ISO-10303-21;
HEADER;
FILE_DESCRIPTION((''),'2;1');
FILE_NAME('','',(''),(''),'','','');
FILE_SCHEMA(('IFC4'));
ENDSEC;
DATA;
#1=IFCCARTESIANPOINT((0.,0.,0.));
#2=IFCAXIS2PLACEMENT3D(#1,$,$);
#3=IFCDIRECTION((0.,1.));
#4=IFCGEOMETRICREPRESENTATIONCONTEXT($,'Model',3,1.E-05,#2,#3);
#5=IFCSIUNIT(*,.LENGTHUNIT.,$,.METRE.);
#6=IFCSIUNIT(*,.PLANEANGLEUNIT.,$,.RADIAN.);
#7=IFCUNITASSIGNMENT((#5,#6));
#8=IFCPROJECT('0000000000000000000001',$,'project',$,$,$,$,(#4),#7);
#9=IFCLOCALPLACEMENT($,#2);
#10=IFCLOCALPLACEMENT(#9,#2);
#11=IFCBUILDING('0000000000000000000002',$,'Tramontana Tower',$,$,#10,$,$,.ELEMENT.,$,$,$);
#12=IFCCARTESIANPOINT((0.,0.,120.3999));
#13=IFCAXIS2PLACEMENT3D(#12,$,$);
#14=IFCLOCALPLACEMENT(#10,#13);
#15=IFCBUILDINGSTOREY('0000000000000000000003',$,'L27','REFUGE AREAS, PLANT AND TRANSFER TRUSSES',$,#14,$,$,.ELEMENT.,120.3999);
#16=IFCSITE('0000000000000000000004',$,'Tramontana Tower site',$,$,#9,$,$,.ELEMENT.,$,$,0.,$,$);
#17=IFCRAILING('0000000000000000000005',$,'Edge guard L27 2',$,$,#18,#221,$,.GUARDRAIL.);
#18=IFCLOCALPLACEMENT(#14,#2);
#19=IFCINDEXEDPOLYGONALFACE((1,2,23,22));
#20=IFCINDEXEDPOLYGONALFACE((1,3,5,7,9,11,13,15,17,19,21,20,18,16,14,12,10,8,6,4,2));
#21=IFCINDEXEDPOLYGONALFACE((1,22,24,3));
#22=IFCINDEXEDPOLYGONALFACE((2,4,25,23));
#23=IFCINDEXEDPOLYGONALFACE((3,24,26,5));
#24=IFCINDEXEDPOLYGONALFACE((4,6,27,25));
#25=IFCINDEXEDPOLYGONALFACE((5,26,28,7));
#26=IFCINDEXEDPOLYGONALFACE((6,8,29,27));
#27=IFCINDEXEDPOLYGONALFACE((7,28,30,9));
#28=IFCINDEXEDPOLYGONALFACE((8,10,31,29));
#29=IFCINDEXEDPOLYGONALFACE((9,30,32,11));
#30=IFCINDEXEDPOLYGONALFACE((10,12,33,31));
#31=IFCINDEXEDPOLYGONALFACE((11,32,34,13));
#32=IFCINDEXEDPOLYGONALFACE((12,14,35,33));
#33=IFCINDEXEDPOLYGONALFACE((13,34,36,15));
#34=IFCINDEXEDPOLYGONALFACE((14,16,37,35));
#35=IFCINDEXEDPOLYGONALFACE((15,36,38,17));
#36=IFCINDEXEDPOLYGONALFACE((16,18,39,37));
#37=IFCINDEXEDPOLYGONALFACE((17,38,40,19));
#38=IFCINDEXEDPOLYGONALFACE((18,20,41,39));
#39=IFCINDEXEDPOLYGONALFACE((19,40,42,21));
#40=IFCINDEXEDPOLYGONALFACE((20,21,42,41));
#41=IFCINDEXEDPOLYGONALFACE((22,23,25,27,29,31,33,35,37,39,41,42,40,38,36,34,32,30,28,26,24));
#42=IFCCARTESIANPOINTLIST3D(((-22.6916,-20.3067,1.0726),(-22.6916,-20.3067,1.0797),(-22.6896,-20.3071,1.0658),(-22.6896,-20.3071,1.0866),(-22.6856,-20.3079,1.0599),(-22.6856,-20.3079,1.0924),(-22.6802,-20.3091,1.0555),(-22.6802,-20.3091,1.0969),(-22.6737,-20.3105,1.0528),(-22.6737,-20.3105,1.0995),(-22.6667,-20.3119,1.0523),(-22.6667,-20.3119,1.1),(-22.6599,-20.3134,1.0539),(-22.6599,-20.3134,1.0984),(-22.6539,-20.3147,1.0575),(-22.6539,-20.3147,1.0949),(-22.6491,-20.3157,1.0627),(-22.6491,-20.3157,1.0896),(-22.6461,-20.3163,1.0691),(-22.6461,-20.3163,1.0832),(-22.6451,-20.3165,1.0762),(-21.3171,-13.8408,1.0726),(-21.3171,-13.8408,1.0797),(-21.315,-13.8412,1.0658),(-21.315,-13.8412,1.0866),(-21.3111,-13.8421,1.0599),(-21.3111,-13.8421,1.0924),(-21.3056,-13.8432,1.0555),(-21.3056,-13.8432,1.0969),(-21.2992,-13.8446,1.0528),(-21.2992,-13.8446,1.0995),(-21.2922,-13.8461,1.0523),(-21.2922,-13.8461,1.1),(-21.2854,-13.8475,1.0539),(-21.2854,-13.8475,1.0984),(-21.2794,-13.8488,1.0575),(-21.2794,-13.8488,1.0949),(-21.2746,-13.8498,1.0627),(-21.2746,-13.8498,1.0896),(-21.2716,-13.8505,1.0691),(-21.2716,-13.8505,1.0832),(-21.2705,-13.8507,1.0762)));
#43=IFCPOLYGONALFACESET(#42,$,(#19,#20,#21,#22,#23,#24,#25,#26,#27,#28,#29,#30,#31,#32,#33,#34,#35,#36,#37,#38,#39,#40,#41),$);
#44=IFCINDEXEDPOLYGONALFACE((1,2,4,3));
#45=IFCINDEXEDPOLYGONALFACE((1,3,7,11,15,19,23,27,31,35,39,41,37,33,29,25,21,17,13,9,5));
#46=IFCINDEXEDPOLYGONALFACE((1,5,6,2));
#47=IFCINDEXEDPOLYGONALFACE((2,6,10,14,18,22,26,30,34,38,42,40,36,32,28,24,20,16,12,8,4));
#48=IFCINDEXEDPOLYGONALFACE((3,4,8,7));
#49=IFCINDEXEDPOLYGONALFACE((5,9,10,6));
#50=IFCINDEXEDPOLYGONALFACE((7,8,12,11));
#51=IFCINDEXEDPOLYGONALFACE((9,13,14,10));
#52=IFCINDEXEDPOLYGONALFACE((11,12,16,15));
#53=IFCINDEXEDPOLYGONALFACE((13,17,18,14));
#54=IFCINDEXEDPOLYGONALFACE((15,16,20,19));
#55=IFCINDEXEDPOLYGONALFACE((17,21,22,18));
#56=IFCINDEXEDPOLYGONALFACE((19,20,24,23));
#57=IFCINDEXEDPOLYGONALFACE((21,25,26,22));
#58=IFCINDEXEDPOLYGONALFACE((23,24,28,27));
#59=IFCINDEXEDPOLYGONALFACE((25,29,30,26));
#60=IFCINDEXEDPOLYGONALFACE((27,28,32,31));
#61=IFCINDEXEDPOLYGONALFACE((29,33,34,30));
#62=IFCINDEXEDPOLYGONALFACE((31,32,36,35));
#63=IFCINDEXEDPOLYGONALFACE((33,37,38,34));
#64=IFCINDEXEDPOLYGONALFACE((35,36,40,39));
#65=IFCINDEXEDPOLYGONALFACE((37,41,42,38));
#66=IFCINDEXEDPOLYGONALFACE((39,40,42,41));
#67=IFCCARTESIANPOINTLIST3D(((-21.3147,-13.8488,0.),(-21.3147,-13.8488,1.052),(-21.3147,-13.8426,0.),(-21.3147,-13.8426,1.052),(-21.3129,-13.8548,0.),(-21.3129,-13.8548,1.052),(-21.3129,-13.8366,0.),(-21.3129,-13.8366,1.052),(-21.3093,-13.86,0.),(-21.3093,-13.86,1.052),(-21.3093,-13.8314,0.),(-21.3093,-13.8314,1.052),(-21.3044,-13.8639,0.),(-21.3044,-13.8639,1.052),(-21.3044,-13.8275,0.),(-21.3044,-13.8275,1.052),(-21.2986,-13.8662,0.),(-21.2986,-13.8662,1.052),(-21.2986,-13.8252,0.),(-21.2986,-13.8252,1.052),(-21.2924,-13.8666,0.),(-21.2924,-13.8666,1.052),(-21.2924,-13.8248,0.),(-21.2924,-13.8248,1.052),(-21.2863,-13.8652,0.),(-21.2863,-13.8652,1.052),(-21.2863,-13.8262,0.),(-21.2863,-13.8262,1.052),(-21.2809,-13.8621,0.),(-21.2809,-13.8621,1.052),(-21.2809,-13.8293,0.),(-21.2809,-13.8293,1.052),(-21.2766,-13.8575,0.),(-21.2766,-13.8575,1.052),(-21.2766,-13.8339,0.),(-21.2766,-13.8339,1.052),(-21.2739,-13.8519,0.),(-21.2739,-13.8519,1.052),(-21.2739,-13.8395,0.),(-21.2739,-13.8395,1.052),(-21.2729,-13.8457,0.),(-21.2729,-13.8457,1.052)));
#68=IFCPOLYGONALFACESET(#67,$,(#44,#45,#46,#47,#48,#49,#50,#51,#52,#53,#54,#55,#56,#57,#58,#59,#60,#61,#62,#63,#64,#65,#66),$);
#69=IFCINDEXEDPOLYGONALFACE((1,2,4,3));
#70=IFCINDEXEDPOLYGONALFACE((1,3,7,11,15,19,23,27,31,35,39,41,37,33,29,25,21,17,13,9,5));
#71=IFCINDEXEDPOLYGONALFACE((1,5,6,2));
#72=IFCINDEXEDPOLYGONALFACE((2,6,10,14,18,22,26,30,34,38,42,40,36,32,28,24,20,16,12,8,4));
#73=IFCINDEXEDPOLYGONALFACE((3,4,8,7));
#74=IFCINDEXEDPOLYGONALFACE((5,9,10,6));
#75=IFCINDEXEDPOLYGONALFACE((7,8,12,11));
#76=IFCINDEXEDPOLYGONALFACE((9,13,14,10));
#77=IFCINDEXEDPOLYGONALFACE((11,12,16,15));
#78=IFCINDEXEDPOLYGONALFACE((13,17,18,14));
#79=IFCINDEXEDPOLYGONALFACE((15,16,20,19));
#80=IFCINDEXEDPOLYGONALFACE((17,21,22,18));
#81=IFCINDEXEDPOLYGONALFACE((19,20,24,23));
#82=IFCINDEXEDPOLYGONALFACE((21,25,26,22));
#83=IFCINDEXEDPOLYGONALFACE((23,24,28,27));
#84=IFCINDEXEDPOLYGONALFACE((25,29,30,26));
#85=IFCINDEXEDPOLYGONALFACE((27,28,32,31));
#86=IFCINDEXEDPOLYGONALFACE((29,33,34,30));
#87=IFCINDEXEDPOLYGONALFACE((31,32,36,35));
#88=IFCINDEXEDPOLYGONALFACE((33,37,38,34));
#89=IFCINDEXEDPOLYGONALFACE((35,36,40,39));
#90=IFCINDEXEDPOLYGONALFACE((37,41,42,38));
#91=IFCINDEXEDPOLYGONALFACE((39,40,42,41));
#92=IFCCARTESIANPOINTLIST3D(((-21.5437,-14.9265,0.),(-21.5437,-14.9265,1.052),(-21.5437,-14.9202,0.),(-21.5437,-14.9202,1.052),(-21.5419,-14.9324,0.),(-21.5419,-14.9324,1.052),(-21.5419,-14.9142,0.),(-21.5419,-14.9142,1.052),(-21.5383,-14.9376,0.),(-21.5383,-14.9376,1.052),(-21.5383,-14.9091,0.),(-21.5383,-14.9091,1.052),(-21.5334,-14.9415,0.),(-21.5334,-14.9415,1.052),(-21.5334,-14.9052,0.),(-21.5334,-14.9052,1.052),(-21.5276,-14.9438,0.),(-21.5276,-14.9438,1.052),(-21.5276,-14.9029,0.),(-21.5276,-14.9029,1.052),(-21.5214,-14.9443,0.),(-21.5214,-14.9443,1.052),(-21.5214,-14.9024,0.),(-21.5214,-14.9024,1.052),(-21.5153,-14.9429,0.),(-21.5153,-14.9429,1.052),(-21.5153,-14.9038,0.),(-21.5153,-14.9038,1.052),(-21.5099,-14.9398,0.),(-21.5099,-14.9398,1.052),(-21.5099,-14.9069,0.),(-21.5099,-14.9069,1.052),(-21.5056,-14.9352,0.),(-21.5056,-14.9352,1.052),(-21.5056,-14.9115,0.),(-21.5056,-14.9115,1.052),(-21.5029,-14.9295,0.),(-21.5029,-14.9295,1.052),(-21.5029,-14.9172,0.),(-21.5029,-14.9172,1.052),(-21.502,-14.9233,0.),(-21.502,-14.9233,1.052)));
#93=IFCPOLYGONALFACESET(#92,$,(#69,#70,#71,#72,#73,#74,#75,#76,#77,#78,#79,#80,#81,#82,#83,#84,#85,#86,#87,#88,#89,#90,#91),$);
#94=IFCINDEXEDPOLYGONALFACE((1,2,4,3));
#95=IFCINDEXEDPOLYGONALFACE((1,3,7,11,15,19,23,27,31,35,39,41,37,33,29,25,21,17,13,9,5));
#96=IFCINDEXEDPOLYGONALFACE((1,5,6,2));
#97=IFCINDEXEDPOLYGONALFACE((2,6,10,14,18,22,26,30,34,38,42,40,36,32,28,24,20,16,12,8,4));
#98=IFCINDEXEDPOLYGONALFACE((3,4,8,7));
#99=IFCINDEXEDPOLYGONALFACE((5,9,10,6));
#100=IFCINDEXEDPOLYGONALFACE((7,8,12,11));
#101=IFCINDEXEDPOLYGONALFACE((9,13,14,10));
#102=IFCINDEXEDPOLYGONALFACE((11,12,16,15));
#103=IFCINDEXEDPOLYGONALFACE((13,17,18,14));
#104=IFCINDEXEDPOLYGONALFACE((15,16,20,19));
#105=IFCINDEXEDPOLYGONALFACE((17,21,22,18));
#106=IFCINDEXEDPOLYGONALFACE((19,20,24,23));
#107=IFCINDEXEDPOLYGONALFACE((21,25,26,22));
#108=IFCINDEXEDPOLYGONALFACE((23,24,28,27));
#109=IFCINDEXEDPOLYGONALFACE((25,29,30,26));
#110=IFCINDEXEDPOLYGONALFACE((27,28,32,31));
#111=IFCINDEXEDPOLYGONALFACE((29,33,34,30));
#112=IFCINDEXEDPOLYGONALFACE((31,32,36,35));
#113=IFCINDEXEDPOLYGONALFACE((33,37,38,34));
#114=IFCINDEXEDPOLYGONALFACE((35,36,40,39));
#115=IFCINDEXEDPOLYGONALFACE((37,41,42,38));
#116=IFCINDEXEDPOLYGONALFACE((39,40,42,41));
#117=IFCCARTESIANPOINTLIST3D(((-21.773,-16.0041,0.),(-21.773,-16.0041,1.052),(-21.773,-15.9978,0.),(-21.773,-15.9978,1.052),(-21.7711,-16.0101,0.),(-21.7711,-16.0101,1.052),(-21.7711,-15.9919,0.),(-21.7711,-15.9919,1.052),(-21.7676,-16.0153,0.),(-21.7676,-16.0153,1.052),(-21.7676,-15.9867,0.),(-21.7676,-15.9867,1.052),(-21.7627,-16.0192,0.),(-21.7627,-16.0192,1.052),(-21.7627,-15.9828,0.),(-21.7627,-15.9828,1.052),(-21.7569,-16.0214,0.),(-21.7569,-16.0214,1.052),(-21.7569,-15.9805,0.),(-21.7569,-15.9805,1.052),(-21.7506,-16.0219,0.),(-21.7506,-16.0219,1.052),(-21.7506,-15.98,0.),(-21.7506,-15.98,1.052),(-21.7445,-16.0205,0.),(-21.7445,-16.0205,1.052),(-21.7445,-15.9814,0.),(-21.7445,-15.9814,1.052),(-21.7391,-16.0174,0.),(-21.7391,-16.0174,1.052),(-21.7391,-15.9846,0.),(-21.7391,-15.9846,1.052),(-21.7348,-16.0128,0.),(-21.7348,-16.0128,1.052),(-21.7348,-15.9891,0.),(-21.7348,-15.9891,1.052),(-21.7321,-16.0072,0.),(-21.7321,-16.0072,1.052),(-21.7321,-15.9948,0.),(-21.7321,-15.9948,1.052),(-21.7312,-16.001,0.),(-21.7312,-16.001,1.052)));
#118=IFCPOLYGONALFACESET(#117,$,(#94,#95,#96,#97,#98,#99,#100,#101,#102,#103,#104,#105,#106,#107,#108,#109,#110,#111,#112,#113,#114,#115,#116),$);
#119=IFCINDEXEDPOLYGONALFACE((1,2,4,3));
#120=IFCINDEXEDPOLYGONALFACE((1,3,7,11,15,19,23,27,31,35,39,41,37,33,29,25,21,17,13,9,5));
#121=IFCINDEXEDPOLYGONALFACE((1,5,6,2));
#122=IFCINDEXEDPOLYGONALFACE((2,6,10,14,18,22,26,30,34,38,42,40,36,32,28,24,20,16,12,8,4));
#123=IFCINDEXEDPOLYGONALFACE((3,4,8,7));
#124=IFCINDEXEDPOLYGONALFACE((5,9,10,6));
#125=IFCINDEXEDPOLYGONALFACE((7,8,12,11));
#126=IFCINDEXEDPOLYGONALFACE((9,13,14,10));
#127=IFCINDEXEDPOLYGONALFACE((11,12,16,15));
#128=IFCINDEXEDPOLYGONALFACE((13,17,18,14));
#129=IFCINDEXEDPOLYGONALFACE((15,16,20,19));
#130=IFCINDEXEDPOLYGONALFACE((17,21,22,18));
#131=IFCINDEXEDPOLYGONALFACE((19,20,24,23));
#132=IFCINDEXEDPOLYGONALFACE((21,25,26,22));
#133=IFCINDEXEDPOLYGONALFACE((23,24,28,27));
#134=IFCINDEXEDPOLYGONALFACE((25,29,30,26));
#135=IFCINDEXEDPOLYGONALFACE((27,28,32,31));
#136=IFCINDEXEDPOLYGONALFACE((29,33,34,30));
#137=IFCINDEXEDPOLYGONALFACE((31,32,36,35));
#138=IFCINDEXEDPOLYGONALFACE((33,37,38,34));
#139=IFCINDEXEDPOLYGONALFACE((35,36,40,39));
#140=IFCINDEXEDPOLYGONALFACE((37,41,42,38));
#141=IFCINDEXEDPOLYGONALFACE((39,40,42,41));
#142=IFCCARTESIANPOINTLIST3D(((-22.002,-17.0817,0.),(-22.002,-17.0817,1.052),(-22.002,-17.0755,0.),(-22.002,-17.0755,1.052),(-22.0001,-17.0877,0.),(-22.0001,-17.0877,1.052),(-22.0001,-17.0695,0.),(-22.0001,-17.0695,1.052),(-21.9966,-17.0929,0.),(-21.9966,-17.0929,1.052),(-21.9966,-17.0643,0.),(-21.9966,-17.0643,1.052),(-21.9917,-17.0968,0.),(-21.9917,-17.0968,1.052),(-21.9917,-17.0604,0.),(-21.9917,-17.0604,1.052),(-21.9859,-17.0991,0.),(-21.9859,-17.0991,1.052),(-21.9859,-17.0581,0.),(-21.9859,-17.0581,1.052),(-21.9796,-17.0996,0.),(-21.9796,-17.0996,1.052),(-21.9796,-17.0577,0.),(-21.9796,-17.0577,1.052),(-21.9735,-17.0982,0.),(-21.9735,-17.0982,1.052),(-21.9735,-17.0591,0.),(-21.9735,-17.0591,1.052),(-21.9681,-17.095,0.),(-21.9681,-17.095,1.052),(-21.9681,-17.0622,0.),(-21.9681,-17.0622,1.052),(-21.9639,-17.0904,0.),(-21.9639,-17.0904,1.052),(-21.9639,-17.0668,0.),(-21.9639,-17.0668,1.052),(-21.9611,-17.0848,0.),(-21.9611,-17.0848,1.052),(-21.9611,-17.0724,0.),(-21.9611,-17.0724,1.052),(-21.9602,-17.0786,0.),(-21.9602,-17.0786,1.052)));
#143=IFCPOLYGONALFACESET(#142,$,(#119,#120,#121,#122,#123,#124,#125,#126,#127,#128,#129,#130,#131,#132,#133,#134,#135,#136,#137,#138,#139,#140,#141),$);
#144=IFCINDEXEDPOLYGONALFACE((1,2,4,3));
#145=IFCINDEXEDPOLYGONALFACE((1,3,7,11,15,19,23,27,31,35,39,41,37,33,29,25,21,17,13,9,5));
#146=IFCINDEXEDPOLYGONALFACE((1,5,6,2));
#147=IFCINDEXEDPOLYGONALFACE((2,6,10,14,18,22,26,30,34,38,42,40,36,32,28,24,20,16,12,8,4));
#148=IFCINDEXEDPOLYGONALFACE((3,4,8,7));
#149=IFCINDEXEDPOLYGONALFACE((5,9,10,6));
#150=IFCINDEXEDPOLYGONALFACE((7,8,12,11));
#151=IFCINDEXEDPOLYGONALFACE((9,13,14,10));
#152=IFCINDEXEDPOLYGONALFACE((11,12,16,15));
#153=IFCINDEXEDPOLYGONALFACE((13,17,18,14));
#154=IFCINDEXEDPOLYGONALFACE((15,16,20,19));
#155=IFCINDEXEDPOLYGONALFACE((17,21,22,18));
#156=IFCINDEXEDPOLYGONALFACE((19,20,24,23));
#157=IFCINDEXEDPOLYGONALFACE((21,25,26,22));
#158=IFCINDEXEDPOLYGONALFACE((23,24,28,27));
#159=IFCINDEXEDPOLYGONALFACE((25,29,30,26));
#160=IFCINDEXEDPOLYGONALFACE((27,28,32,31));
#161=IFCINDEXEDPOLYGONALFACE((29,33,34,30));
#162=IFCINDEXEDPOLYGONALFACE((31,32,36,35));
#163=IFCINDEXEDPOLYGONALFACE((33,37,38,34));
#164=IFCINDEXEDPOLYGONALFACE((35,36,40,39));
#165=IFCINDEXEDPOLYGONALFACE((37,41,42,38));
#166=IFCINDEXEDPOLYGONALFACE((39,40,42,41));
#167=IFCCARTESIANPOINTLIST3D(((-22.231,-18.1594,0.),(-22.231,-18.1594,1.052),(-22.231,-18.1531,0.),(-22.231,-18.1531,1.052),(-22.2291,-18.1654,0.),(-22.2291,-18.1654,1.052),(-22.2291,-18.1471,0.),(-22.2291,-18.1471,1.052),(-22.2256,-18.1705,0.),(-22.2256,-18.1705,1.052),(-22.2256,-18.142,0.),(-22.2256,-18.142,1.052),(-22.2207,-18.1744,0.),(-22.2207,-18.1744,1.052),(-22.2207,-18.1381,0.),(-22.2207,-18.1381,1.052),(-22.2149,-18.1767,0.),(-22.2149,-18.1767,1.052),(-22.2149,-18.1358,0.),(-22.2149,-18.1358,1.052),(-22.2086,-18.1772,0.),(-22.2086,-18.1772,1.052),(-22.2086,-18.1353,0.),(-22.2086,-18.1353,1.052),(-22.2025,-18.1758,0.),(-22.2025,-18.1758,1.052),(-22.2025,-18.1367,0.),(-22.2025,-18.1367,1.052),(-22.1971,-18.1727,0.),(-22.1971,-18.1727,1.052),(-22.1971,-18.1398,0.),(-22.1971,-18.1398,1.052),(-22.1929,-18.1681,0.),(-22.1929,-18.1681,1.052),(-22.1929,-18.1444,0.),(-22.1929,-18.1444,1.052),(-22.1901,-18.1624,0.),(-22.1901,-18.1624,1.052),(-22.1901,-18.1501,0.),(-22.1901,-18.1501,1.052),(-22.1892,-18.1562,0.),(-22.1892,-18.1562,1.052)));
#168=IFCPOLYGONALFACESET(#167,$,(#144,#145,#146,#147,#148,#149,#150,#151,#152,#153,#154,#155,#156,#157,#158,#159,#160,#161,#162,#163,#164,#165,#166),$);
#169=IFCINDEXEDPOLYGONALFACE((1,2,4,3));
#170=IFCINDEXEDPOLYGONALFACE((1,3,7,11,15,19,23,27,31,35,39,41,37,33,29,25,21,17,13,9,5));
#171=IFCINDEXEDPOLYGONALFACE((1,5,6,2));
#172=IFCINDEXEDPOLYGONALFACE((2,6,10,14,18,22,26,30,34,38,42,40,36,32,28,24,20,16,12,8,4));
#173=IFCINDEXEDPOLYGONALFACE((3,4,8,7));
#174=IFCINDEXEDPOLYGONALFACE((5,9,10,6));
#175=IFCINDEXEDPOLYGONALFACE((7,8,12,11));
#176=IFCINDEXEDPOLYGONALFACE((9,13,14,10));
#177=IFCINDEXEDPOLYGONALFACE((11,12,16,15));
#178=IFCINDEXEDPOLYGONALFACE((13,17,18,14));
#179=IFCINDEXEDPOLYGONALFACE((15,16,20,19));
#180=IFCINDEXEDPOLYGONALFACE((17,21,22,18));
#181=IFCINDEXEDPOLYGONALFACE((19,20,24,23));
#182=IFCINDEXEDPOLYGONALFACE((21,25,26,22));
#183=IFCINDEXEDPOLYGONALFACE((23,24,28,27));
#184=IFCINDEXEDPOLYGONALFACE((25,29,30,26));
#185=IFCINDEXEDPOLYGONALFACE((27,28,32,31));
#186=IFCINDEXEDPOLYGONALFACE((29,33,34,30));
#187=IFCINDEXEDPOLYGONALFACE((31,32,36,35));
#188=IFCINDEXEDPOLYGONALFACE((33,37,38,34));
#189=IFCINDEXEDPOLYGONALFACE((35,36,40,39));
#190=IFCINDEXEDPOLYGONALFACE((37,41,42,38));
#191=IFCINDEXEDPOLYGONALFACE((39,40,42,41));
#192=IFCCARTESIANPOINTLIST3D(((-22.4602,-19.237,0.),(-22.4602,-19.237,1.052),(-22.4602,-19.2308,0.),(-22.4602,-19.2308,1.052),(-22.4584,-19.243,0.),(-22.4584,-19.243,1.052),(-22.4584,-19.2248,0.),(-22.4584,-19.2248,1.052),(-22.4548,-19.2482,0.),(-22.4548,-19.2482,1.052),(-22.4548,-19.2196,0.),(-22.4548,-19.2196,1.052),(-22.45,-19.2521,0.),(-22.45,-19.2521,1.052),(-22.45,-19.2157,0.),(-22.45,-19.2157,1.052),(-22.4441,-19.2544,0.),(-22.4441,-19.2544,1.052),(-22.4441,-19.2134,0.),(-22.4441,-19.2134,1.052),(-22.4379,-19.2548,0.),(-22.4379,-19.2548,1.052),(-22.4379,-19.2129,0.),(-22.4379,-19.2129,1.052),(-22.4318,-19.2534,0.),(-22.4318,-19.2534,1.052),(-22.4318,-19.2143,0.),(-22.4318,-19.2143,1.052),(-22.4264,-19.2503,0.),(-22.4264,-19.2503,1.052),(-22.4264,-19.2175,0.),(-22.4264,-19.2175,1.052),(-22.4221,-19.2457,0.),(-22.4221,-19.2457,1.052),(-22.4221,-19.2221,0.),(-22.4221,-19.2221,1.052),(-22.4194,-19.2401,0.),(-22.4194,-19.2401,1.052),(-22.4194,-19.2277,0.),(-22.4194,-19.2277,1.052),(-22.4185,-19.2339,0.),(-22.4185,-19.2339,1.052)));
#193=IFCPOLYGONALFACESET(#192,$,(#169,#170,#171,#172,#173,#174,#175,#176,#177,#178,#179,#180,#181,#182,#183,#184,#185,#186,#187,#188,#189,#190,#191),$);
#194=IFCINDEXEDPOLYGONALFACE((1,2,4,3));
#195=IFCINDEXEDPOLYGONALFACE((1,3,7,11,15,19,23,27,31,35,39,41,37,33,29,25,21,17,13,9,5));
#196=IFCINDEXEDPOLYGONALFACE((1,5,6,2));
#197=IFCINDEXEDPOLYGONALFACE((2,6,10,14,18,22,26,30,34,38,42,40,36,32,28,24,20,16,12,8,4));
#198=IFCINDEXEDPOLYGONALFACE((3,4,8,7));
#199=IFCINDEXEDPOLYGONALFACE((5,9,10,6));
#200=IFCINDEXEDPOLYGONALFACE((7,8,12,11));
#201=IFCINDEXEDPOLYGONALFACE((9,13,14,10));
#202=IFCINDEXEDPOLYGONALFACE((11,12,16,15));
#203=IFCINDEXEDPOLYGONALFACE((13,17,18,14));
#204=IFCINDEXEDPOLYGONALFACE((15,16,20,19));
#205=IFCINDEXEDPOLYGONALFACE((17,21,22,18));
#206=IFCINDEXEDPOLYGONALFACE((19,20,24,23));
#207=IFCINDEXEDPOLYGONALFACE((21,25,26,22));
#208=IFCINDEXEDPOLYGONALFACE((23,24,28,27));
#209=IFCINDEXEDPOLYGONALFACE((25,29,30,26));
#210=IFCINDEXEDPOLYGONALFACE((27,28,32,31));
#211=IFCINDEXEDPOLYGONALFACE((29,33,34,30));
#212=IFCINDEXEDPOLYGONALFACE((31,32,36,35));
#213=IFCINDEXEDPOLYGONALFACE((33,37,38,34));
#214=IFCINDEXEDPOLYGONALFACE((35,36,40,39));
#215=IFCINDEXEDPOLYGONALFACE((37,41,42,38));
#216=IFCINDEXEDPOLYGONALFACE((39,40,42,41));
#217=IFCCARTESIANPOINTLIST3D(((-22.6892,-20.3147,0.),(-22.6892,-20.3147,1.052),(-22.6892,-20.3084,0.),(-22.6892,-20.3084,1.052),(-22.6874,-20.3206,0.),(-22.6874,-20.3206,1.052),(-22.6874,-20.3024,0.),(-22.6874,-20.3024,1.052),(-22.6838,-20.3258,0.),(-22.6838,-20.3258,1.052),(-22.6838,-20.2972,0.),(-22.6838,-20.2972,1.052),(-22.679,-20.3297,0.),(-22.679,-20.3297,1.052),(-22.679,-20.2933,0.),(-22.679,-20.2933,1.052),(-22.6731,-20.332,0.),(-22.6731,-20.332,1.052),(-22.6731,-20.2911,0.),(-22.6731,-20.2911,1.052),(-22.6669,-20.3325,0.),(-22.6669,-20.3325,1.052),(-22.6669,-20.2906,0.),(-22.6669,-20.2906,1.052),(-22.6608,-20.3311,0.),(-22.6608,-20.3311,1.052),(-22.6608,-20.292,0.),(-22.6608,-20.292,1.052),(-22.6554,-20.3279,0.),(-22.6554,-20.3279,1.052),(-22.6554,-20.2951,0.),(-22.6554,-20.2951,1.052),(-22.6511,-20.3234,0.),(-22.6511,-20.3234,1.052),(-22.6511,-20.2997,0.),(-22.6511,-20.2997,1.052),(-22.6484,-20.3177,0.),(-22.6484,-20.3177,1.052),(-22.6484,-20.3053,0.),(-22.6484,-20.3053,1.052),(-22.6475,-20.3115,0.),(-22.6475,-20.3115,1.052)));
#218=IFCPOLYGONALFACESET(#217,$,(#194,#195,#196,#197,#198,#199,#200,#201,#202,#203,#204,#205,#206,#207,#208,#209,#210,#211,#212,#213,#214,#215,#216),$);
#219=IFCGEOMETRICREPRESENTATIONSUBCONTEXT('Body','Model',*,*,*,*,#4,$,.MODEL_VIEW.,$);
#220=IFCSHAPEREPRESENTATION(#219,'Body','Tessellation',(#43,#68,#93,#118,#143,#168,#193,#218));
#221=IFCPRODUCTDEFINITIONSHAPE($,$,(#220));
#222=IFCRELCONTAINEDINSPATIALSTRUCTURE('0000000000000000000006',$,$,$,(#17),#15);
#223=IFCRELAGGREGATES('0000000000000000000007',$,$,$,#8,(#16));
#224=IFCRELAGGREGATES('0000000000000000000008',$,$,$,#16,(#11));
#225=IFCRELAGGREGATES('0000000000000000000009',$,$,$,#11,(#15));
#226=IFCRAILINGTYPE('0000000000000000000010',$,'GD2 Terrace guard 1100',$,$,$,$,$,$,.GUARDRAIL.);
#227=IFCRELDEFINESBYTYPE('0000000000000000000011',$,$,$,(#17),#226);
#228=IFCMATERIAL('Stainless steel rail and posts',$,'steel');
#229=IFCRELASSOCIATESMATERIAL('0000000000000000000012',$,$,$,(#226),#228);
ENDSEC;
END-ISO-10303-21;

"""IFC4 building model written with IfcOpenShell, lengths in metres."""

from ifc_helpers import new_model, si_unit, direction, frame, origin, origin_2d, place, context, subcontext, project, spatial, circle, extrude, material, type_object, element, save


model = new_model("IFC4")

# Units and contexts
model_context = context("Model", 3, precision=1e-05, world=origin(), true_north=direction((0.0, 1.0)))
body_context = subcontext(model_context, "Body", "Model", "MODEL_VIEW")
ifc_project = project(units=[si_unit("LENGTHUNIT", "METRE"), si_unit("PLANEANGLEUNIT", "RADIAN")], contexts=[model_context])

# Site, building, storey
site_placement = place(None, origin())
site = spatial("IfcSite", under=ifc_project, at=site_placement, Name="Tramontana Tower site", CompositionType="ELEMENT", RefElevation=0.0)
building_placement = place(site_placement, origin())
building = spatial("IfcBuilding", under=site, at=building_placement, Name="Tramontana Tower", CompositionType="ELEMENT")
storey_placement = place(building_placement, frame((0.0, 0.0, 120.3999)))
storey = spatial("IfcBuildingStorey", under=building, at=storey_placement, Name="L27", Description="REFUGE AREAS, PLANT AND TRANSFER TRUSSES", CompositionType="ELEMENT", Elevation=120.3999)

# Railing
ifc_material_1 = material(Name="Stainless steel rail and posts", Category="steel")
railing_type = type_object("IfcRailingType", Name="GD2 Terrace guard 1100", PredefinedType="GUARDRAIL", material=ifc_material_1)
railing_1_placement = place(storey_placement, frame((-21.2939, -13.8457, 0.0)))
element("IfcRailing", 1, at=railing_1_placement, inside=storey, type_object=railing_type, Name="Edge guard L27 2", PredefinedType="GUARDRAIL", context=body_context, shape_type="SweptSolid", body=[
    extrude(circle(Radius=0.0239, at=origin_2d()), frame((0.0, 0.0, 1.0762), z_axis=(-0.207935, -0.978143, 0.0), x_axis=(0.978143, -0.207935, 0.0)), (0.0, 0.0, 1.0), 6.6104),
    extrude(circle(Radius=0.021, at=origin_2d()), origin(), (0.0, 0.0, 1.0), 1.052),
    extrude(circle(Radius=0.021, at=origin_2d()), frame((-0.229, -1.0776, 0.0)), (0.0, 0.0, 1.0), 1.052),
    extrude(circle(Radius=0.021, at=origin_2d()), frame((-0.4583, -2.1553, 0.0)), (0.0, 0.0, 1.0), 1.052),
    extrude(circle(Radius=0.021, at=origin_2d()), frame((-0.6873, -3.2329, 0.0)), (0.0, 0.0, 1.0), 1.052),
    extrude(circle(Radius=0.021, at=origin_2d()), frame((-0.9163, -4.3105, 0.0)), (0.0, 0.0, 1.0), 1.052),
    extrude(circle(Radius=0.021, at=origin_2d()), frame((-1.1455, -5.3882, 0.0)), (0.0, 0.0, 1.0), 1.052),
    extrude(circle(Radius=0.021, at=origin_2d()), frame((-1.3745, -6.4658, 0.0)), (0.0, 0.0, 1.0), 1.052),
])

save(model, "model.ifc")
